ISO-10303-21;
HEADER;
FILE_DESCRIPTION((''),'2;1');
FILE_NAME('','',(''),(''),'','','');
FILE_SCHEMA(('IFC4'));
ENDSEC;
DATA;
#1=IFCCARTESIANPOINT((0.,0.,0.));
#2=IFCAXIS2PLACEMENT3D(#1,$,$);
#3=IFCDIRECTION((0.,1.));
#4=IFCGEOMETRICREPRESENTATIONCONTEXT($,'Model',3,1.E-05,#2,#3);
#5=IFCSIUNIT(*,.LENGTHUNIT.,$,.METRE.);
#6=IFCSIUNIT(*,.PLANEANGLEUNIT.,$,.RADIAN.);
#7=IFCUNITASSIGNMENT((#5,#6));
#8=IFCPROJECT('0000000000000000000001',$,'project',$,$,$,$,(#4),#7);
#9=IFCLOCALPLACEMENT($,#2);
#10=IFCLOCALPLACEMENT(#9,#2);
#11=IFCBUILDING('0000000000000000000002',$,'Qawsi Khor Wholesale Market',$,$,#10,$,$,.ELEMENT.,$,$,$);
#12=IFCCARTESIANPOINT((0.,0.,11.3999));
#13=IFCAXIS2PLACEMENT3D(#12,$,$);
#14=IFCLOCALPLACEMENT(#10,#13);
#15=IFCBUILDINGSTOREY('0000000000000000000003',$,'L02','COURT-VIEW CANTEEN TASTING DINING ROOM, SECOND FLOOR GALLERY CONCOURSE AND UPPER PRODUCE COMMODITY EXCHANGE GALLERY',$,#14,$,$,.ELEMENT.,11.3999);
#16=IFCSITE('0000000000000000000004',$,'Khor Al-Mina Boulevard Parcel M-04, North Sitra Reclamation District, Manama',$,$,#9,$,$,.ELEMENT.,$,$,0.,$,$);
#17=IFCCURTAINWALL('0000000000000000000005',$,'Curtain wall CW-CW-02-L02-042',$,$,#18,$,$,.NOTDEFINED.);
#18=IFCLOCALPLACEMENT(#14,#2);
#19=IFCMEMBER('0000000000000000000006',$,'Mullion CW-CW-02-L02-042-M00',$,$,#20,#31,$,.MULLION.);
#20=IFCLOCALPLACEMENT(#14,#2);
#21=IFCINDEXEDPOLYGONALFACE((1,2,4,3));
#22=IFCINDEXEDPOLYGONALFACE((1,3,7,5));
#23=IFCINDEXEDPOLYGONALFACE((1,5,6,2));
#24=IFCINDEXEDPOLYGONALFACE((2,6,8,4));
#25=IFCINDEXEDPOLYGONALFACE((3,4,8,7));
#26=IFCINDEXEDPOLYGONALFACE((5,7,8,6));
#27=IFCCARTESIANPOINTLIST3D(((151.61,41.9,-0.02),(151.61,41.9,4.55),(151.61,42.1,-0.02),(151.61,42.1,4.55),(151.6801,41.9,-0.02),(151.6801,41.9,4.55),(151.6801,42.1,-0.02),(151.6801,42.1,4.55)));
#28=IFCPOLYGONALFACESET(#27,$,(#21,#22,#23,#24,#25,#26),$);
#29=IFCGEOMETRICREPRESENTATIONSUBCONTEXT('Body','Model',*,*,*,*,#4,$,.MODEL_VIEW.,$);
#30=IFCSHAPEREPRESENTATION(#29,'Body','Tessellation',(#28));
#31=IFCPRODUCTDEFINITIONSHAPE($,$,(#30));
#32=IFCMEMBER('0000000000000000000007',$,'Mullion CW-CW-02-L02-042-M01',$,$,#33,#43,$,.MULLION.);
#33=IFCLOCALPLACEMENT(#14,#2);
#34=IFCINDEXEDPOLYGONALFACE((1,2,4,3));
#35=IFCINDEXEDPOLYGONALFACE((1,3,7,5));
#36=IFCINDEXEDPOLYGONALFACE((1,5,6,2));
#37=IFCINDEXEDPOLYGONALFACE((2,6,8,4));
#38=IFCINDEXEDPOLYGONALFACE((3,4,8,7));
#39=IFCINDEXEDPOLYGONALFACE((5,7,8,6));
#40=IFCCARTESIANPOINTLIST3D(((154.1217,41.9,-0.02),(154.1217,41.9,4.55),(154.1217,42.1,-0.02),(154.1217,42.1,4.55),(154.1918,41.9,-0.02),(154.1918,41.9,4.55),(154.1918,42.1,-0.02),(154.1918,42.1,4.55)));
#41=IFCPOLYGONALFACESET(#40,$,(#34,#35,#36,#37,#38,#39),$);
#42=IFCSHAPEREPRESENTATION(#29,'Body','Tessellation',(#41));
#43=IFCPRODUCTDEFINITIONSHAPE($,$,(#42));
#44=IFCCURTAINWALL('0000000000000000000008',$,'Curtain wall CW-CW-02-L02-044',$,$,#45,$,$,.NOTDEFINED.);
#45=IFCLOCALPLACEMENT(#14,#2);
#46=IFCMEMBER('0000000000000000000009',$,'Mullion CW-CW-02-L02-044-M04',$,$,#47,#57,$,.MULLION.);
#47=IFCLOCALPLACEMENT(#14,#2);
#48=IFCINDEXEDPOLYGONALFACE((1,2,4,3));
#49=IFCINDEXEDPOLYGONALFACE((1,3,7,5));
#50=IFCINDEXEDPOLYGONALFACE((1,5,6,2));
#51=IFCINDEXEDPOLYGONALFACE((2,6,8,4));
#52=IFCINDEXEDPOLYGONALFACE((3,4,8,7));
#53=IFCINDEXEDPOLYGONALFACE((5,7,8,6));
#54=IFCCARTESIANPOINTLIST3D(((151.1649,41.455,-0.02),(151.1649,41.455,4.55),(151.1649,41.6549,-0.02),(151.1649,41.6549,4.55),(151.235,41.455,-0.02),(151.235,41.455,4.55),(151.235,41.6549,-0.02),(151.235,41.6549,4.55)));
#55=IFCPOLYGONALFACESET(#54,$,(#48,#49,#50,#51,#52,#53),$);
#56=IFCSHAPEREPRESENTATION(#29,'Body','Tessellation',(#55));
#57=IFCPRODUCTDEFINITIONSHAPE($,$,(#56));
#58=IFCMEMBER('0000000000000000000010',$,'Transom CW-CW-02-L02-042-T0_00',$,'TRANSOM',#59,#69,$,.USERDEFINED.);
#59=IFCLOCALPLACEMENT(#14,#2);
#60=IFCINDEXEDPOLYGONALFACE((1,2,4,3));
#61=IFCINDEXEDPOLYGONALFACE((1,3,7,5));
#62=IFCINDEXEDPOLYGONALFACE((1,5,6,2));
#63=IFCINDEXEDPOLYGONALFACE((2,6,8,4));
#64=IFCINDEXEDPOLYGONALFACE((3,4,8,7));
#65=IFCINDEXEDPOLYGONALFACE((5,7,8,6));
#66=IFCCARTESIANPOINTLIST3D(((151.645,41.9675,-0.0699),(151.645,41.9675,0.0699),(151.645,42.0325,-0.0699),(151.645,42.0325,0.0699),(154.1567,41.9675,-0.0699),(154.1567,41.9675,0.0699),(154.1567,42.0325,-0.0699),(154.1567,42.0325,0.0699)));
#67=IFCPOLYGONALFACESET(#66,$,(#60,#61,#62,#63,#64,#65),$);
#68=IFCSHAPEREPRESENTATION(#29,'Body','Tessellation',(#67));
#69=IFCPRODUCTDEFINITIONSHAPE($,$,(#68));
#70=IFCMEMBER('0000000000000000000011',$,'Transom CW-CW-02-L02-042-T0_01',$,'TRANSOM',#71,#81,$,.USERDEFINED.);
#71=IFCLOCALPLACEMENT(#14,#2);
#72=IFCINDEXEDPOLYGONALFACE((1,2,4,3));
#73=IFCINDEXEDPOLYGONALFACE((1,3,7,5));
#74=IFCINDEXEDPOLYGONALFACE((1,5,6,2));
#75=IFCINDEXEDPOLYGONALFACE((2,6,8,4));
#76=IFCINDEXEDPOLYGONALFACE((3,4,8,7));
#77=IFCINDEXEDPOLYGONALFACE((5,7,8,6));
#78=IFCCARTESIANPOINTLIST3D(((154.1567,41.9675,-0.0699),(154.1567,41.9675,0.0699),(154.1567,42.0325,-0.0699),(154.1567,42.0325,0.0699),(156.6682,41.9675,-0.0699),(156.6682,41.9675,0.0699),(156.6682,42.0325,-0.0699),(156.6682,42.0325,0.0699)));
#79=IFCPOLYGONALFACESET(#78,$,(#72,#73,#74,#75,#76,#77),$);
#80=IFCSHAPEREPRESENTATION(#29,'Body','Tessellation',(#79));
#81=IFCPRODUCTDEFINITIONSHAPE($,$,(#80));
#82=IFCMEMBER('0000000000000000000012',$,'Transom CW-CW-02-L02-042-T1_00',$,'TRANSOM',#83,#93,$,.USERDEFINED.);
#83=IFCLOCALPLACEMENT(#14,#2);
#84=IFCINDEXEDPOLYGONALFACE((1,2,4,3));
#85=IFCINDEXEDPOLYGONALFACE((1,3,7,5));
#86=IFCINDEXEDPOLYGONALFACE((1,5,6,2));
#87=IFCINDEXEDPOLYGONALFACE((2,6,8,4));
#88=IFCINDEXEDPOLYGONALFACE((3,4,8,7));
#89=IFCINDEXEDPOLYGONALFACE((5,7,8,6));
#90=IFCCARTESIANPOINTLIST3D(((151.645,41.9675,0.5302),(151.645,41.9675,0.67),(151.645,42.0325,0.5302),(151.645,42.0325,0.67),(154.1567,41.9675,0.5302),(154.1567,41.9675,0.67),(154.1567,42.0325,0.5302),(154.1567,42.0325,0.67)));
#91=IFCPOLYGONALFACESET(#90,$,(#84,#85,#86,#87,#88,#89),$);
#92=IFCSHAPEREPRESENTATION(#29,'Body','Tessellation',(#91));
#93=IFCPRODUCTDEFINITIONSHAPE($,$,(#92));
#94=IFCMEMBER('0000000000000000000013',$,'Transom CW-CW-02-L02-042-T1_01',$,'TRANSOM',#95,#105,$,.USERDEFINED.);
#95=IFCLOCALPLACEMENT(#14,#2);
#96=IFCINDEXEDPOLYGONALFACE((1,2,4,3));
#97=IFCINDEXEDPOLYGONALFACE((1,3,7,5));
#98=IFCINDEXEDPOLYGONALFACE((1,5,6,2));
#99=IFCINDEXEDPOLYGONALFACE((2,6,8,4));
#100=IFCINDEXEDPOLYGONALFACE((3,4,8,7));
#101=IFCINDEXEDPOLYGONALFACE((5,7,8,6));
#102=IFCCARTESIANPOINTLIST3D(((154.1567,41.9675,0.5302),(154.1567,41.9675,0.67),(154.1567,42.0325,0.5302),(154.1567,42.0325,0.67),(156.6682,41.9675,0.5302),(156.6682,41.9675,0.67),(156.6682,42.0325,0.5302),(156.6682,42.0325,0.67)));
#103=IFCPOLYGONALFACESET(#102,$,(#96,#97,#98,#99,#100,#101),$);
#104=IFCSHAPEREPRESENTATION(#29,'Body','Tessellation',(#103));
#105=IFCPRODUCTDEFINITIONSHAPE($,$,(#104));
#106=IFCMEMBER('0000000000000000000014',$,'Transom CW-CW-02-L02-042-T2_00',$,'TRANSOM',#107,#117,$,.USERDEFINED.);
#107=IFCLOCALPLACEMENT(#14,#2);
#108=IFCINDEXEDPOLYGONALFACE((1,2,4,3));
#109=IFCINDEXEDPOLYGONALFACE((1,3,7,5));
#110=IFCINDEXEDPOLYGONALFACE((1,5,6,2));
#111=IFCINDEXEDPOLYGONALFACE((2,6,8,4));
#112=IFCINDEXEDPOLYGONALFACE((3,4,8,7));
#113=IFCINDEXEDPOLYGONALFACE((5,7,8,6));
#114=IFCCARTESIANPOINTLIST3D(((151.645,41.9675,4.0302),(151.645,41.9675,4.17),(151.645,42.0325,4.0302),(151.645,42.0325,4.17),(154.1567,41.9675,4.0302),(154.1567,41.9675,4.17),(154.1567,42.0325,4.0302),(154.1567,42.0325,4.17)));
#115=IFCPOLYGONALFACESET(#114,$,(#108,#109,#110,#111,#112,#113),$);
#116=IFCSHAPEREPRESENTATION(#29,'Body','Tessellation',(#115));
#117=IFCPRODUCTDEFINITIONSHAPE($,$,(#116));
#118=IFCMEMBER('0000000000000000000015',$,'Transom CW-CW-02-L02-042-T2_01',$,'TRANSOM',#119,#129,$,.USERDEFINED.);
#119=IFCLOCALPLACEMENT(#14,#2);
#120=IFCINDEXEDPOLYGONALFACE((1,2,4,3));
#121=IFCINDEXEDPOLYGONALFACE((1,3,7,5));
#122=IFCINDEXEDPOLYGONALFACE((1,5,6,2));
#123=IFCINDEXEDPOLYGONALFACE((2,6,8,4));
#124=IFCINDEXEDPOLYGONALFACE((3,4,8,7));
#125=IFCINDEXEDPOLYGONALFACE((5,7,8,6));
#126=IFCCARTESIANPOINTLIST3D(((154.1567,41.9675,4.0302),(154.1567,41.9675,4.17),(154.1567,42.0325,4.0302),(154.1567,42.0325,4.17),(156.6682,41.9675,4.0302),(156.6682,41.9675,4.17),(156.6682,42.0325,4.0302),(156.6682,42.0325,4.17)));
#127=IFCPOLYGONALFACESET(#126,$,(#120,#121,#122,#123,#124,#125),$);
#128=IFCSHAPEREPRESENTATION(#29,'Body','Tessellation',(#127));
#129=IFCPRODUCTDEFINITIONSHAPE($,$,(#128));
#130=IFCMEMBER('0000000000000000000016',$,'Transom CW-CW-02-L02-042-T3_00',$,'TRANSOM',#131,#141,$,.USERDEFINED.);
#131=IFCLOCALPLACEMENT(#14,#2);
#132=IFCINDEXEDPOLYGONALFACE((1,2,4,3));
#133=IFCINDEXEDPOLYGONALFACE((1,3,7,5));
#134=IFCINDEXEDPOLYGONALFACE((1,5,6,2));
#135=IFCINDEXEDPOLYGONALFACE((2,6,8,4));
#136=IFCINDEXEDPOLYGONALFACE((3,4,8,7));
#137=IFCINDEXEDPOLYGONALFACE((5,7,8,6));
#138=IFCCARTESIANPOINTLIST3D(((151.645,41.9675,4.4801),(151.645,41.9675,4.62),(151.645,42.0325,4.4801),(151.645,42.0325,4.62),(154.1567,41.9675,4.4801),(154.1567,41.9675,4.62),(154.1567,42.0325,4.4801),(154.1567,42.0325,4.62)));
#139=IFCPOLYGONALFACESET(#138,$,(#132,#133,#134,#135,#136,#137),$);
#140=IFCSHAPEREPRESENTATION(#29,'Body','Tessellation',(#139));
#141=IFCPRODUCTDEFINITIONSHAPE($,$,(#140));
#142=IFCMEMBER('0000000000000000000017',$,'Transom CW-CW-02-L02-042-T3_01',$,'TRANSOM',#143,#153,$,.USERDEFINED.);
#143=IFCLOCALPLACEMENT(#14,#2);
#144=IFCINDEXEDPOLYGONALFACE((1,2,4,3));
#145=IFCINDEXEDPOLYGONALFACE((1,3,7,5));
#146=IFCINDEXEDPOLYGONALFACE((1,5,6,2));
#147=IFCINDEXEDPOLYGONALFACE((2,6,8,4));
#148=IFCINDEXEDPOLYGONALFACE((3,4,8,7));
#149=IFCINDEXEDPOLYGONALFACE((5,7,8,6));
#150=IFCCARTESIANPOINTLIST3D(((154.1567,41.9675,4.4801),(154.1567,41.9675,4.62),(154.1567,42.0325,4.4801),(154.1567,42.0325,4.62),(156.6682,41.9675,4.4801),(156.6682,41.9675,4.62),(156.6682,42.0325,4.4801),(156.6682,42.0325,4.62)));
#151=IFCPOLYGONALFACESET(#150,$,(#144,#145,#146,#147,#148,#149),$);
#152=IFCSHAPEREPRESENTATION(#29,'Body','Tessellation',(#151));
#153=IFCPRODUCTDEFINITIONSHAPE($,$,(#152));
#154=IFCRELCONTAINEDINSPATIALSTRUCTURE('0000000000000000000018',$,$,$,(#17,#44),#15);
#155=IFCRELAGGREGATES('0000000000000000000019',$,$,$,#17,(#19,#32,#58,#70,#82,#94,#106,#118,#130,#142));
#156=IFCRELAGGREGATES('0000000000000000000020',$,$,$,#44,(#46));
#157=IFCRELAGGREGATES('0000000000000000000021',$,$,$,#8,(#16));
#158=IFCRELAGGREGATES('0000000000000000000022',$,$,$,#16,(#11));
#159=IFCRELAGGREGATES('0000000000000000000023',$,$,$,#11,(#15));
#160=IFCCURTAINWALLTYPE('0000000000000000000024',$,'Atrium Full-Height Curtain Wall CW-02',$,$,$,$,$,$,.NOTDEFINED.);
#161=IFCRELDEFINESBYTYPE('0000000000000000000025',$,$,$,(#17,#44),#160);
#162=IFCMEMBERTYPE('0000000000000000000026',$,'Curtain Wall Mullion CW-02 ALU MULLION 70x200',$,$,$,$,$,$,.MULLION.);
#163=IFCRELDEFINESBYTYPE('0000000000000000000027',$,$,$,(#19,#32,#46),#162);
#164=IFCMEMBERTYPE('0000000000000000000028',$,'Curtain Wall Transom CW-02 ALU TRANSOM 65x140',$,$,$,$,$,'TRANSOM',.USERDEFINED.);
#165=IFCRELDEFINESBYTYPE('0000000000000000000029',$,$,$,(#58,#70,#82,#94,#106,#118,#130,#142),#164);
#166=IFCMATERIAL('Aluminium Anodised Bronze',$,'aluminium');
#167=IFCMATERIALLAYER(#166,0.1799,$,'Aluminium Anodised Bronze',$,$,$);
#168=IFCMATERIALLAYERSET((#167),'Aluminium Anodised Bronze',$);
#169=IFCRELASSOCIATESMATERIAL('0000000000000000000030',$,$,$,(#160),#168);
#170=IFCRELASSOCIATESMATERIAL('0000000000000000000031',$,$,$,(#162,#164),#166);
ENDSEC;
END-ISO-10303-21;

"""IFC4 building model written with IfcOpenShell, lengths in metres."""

from ifc_helpers import new_model, si_unit, direction, frame, origin, origin_2d, place, context, subcontext, project, spatial, rectangle, extrude, material, layer, layer_set, material_profile, profile_set, type_object, element, aggregate, save


model = new_model("IFC4")

# Units and contexts
model_context = context("Model", 3, precision=1e-05, world=origin(), true_north=direction((0.0, 1.0)))
body_context = subcontext(model_context, "Body", "Model", "MODEL_VIEW")
ifc_project = project(units=[si_unit("LENGTHUNIT", "METRE"), si_unit("PLANEANGLEUNIT", "RADIAN")], contexts=[model_context])

# Site, building, storey
site_placement = place(None, origin())
site = spatial("IfcSite", under=ifc_project, at=site_placement, Name="Khor Al-Mina Boulevard Parcel M-04, North Sitra Reclamation District, Manama", CompositionType="ELEMENT", RefElevation=0.0)
building_placement = place(site_placement, origin())
building = spatial("IfcBuilding", under=site, at=building_placement, Name="Qawsi Khor Wholesale Market", CompositionType="ELEMENT")
storey_placement = place(building_placement, frame((0.0, 0.0, 11.3999)))
storey = spatial("IfcBuildingStorey", under=building, at=storey_placement, Name="L02", Description="COURT-VIEW CANTEEN TASTING DINING ROOM, SECOND FLOOR GALLERY CONCOURSE AND UPPER PRODUCE COMMODITY EXCHANGE GALLERY", CompositionType="ELEMENT", Elevation=11.3999)

# Curtain wall, members
ifc_material_1 = material(Name="Aluminium Anodised Bronze", Category="aluminium")
ifc_layer_1 = layer(ifc_material_1, 0.1799, Name="Aluminium Anodised Bronze")
ifc_layer_set_1 = layer_set([ifc_layer_1], Name="Aluminium Anodised Bronze")
curtain_wall_type = type_object("IfcCurtainWallType", Name="Atrium Full-Height Curtain Wall CW-02", PredefinedType="NOTDEFINED", material=ifc_layer_set_1)
curtain_wall_1_placement = place(storey_placement, origin())
curtain_wall_1 = element("IfcCurtainWall", 1, at=curtain_wall_1_placement, inside=storey, type_object=curtain_wall_type, Name="Curtain wall CW-CW-02-L02-042", PredefinedType="NOTDEFINED")
ifc_material_profile_1 = material_profile(ifc_material_1, rectangle(XDim=0.0701, YDim=0.2, at=origin_2d()), Name="ALU MULLION 70x200")
ifc_profile_set_1 = profile_set([ifc_material_profile_1], Name="Aluminium Anodised Bronze")
member_type_1 = type_object("IfcMemberType", Name="Curtain Wall Mullion CW-02 ALU MULLION 70x200", PredefinedType="MULLION", material=ifc_profile_set_1)
member_1_placement = place(storey_placement, frame((151.645, 42.0, -0.02), z_axis=(0.0, 0.0, 1.0), x_axis=(1.0, 0.0, 0.0)))
member_1 = element("IfcMember", 2, at=member_1_placement, type_object=member_type_1, Name="Mullion CW-CW-02-L02-042-M00", PredefinedType="MULLION", context=body_context, shape_type="SweptSolid", body=[
    extrude(rectangle(XDim=0.0701, YDim=0.2, at=origin_2d()), origin(), (0.0, 0.0, 1.0), 4.5701),
])
member_2_placement = place(storey_placement, frame((154.1567, 42.0, -0.02), z_axis=(0.0, 0.0, 1.0), x_axis=(1.0, 0.0, 0.0)))
member_2 = element("IfcMember", 3, at=member_2_placement, type_object=member_type_1, Name="Mullion CW-CW-02-L02-042-M01", PredefinedType="MULLION", context=body_context, shape_type="SweptSolid", body=[
    extrude(rectangle(XDim=0.0701, YDim=0.2, at=origin_2d()), origin(), (0.0, 0.0, 1.0), 4.5701),
])

# Curtain wall, member
curtain_wall_2_placement = place(storey_placement, origin())
curtain_wall_2 = element("IfcCurtainWall", 4, at=curtain_wall_2_placement, inside=storey, type_object=curtain_wall_type, Name="Curtain wall CW-CW-02-L02-044", PredefinedType="NOTDEFINED")
member_3_placement = place(storey_placement, frame((151.2, 41.5549, -0.02), z_axis=(0.0, 0.0, 1.0), x_axis=(1.0, 0.0, 0.0)))
member_3 = element("IfcMember", 5, at=member_3_placement, type_object=member_type_1, Name="Mullion CW-CW-02-L02-044-M04", PredefinedType="MULLION", context=body_context, shape_type="SweptSolid", body=[
    extrude(rectangle(XDim=0.0701, YDim=0.2, at=origin_2d()), origin(), (0.0, 0.0, 1.0), 4.5701),
])

# Members
ifc_material_profile_2 = material_profile(ifc_material_1, rectangle(XDim=0.0649, YDim=0.1399, at=origin_2d()), Name="ALU TRANSOM 65x140")
ifc_profile_set_2 = profile_set([ifc_material_profile_2], Name="Aluminium Anodised Bronze")
member_type_2 = type_object("IfcMemberType", Name="Curtain Wall Transom CW-02 ALU TRANSOM 65x140", ElementType="TRANSOM", PredefinedType="USERDEFINED", material=ifc_profile_set_2)
member_4_placement = place(storey_placement, frame((151.645, 42.0, 0.0), z_axis=(1.0, 0.0, 0.0), x_axis=(0.0, 1.0, 0.0)))
member_4 = element("IfcMember", 6, at=member_4_placement, type_object=member_type_2, Name="Transom CW-CW-02-L02-042-T0_00", ObjectType="TRANSOM", PredefinedType="USERDEFINED", context=body_context, shape_type="SweptSolid", body=[
    extrude(rectangle(XDim=0.0649, YDim=0.1399, at=origin_2d()), origin(), (0.0, 0.0, 1.0), 2.5117),
])
member_5_placement = place(storey_placement, frame((154.1567, 42.0, 0.0), z_axis=(1.0, 0.0, 0.0), x_axis=(0.0, 1.0, 0.0)))
member_5 = element("IfcMember", 7, at=member_5_placement, type_object=member_type_2, Name="Transom CW-CW-02-L02-042-T0_01", ObjectType="TRANSOM", PredefinedType="USERDEFINED", context=body_context, shape_type="SweptSolid", body=[
    extrude(rectangle(XDim=0.0649, YDim=0.1399, at=origin_2d()), origin(), (0.0, 0.0, 1.0), 2.5115),
])
member_6_placement = place(storey_placement, frame((151.645, 42.0, 0.6001), z_axis=(1.0, 0.0, 0.0), x_axis=(0.0, 1.0, 0.0)))
member_6 = element("IfcMember", 8, at=member_6_placement, type_object=member_type_2, Name="Transom CW-CW-02-L02-042-T1_00", ObjectType="TRANSOM", PredefinedType="USERDEFINED", context=body_context, shape_type="SweptSolid", body=[
    extrude(rectangle(XDim=0.0649, YDim=0.1399, at=origin_2d()), origin(), (0.0, 0.0, 1.0), 2.5117),
])
member_7_placement = place(storey_placement, frame((154.1567, 42.0, 0.6001), z_axis=(1.0, 0.0, 0.0), x_axis=(0.0, 1.0, 0.0)))
member_7 = element("IfcMember", 9, at=member_7_placement, type_object=member_type_2, Name="Transom CW-CW-02-L02-042-T1_01", ObjectType="TRANSOM", PredefinedType="USERDEFINED", context=body_context, shape_type="SweptSolid", body=[
    extrude(rectangle(XDim=0.0649, YDim=0.1399, at=origin_2d()), origin(), (0.0, 0.0, 1.0), 2.5115),
])
member_8_placement = place(storey_placement, frame((151.645, 42.0, 4.1001), z_axis=(1.0, 0.0, 0.0), x_axis=(0.0, 1.0, 0.0)))
member_8 = element("IfcMember", 10, at=member_8_placement, type_object=member_type_2, Name="Transom CW-CW-02-L02-042-T2_00", ObjectType="TRANSOM", PredefinedType="USERDEFINED", context=body_context, shape_type="SweptSolid", body=[
    extrude(rectangle(XDim=0.0649, YDim=0.1399, at=origin_2d()), origin(), (0.0, 0.0, 1.0), 2.5117),
])
member_9_placement = place(storey_placement, frame((154.1567, 42.0, 4.1001), z_axis=(1.0, 0.0, 0.0), x_axis=(0.0, 1.0, 0.0)))
member_9 = element("IfcMember", 11, at=member_9_placement, type_object=member_type_2, Name="Transom CW-CW-02-L02-042-T2_01", ObjectType="TRANSOM", PredefinedType="USERDEFINED", context=body_context, shape_type="SweptSolid", body=[
    extrude(rectangle(XDim=0.0649, YDim=0.1399, at=origin_2d()), origin(), (0.0, 0.0, 1.0), 2.5115),
])
member_10_placement = place(storey_placement, frame((151.645, 42.0, 4.55), z_axis=(1.0, 0.0, 0.0), x_axis=(0.0, 1.0, 0.0)))
member_10 = element("IfcMember", 12, at=member_10_placement, type_object=member_type_2, Name="Transom CW-CW-02-L02-042-T3_00", ObjectType="TRANSOM", PredefinedType="USERDEFINED", context=body_context, shape_type="SweptSolid", body=[
    extrude(rectangle(XDim=0.0649, YDim=0.1399, at=origin_2d()), origin(), (0.0, 0.0, 1.0), 2.5117),
])
member_11_placement = place(storey_placement, frame((154.1567, 42.0, 4.55), z_axis=(1.0, 0.0, 0.0), x_axis=(0.0, 1.0, 0.0)))
member_11 = element("IfcMember", 13, at=member_11_placement, type_object=member_type_2, Name="Transom CW-CW-02-L02-042-T3_01", ObjectType="TRANSOM", PredefinedType="USERDEFINED", context=body_context, shape_type="SweptSolid", body=[
    extrude(rectangle(XDim=0.0649, YDim=0.1399, at=origin_2d()), origin(), (0.0, 0.0, 1.0), 2.5115),
])

aggregate(curtain_wall_1, [member_1, member_2, member_4, member_5, member_6, member_7, member_8, member_9, member_10, member_11])
aggregate(curtain_wall_2, [member_3])

save(model, "model.ifc")
